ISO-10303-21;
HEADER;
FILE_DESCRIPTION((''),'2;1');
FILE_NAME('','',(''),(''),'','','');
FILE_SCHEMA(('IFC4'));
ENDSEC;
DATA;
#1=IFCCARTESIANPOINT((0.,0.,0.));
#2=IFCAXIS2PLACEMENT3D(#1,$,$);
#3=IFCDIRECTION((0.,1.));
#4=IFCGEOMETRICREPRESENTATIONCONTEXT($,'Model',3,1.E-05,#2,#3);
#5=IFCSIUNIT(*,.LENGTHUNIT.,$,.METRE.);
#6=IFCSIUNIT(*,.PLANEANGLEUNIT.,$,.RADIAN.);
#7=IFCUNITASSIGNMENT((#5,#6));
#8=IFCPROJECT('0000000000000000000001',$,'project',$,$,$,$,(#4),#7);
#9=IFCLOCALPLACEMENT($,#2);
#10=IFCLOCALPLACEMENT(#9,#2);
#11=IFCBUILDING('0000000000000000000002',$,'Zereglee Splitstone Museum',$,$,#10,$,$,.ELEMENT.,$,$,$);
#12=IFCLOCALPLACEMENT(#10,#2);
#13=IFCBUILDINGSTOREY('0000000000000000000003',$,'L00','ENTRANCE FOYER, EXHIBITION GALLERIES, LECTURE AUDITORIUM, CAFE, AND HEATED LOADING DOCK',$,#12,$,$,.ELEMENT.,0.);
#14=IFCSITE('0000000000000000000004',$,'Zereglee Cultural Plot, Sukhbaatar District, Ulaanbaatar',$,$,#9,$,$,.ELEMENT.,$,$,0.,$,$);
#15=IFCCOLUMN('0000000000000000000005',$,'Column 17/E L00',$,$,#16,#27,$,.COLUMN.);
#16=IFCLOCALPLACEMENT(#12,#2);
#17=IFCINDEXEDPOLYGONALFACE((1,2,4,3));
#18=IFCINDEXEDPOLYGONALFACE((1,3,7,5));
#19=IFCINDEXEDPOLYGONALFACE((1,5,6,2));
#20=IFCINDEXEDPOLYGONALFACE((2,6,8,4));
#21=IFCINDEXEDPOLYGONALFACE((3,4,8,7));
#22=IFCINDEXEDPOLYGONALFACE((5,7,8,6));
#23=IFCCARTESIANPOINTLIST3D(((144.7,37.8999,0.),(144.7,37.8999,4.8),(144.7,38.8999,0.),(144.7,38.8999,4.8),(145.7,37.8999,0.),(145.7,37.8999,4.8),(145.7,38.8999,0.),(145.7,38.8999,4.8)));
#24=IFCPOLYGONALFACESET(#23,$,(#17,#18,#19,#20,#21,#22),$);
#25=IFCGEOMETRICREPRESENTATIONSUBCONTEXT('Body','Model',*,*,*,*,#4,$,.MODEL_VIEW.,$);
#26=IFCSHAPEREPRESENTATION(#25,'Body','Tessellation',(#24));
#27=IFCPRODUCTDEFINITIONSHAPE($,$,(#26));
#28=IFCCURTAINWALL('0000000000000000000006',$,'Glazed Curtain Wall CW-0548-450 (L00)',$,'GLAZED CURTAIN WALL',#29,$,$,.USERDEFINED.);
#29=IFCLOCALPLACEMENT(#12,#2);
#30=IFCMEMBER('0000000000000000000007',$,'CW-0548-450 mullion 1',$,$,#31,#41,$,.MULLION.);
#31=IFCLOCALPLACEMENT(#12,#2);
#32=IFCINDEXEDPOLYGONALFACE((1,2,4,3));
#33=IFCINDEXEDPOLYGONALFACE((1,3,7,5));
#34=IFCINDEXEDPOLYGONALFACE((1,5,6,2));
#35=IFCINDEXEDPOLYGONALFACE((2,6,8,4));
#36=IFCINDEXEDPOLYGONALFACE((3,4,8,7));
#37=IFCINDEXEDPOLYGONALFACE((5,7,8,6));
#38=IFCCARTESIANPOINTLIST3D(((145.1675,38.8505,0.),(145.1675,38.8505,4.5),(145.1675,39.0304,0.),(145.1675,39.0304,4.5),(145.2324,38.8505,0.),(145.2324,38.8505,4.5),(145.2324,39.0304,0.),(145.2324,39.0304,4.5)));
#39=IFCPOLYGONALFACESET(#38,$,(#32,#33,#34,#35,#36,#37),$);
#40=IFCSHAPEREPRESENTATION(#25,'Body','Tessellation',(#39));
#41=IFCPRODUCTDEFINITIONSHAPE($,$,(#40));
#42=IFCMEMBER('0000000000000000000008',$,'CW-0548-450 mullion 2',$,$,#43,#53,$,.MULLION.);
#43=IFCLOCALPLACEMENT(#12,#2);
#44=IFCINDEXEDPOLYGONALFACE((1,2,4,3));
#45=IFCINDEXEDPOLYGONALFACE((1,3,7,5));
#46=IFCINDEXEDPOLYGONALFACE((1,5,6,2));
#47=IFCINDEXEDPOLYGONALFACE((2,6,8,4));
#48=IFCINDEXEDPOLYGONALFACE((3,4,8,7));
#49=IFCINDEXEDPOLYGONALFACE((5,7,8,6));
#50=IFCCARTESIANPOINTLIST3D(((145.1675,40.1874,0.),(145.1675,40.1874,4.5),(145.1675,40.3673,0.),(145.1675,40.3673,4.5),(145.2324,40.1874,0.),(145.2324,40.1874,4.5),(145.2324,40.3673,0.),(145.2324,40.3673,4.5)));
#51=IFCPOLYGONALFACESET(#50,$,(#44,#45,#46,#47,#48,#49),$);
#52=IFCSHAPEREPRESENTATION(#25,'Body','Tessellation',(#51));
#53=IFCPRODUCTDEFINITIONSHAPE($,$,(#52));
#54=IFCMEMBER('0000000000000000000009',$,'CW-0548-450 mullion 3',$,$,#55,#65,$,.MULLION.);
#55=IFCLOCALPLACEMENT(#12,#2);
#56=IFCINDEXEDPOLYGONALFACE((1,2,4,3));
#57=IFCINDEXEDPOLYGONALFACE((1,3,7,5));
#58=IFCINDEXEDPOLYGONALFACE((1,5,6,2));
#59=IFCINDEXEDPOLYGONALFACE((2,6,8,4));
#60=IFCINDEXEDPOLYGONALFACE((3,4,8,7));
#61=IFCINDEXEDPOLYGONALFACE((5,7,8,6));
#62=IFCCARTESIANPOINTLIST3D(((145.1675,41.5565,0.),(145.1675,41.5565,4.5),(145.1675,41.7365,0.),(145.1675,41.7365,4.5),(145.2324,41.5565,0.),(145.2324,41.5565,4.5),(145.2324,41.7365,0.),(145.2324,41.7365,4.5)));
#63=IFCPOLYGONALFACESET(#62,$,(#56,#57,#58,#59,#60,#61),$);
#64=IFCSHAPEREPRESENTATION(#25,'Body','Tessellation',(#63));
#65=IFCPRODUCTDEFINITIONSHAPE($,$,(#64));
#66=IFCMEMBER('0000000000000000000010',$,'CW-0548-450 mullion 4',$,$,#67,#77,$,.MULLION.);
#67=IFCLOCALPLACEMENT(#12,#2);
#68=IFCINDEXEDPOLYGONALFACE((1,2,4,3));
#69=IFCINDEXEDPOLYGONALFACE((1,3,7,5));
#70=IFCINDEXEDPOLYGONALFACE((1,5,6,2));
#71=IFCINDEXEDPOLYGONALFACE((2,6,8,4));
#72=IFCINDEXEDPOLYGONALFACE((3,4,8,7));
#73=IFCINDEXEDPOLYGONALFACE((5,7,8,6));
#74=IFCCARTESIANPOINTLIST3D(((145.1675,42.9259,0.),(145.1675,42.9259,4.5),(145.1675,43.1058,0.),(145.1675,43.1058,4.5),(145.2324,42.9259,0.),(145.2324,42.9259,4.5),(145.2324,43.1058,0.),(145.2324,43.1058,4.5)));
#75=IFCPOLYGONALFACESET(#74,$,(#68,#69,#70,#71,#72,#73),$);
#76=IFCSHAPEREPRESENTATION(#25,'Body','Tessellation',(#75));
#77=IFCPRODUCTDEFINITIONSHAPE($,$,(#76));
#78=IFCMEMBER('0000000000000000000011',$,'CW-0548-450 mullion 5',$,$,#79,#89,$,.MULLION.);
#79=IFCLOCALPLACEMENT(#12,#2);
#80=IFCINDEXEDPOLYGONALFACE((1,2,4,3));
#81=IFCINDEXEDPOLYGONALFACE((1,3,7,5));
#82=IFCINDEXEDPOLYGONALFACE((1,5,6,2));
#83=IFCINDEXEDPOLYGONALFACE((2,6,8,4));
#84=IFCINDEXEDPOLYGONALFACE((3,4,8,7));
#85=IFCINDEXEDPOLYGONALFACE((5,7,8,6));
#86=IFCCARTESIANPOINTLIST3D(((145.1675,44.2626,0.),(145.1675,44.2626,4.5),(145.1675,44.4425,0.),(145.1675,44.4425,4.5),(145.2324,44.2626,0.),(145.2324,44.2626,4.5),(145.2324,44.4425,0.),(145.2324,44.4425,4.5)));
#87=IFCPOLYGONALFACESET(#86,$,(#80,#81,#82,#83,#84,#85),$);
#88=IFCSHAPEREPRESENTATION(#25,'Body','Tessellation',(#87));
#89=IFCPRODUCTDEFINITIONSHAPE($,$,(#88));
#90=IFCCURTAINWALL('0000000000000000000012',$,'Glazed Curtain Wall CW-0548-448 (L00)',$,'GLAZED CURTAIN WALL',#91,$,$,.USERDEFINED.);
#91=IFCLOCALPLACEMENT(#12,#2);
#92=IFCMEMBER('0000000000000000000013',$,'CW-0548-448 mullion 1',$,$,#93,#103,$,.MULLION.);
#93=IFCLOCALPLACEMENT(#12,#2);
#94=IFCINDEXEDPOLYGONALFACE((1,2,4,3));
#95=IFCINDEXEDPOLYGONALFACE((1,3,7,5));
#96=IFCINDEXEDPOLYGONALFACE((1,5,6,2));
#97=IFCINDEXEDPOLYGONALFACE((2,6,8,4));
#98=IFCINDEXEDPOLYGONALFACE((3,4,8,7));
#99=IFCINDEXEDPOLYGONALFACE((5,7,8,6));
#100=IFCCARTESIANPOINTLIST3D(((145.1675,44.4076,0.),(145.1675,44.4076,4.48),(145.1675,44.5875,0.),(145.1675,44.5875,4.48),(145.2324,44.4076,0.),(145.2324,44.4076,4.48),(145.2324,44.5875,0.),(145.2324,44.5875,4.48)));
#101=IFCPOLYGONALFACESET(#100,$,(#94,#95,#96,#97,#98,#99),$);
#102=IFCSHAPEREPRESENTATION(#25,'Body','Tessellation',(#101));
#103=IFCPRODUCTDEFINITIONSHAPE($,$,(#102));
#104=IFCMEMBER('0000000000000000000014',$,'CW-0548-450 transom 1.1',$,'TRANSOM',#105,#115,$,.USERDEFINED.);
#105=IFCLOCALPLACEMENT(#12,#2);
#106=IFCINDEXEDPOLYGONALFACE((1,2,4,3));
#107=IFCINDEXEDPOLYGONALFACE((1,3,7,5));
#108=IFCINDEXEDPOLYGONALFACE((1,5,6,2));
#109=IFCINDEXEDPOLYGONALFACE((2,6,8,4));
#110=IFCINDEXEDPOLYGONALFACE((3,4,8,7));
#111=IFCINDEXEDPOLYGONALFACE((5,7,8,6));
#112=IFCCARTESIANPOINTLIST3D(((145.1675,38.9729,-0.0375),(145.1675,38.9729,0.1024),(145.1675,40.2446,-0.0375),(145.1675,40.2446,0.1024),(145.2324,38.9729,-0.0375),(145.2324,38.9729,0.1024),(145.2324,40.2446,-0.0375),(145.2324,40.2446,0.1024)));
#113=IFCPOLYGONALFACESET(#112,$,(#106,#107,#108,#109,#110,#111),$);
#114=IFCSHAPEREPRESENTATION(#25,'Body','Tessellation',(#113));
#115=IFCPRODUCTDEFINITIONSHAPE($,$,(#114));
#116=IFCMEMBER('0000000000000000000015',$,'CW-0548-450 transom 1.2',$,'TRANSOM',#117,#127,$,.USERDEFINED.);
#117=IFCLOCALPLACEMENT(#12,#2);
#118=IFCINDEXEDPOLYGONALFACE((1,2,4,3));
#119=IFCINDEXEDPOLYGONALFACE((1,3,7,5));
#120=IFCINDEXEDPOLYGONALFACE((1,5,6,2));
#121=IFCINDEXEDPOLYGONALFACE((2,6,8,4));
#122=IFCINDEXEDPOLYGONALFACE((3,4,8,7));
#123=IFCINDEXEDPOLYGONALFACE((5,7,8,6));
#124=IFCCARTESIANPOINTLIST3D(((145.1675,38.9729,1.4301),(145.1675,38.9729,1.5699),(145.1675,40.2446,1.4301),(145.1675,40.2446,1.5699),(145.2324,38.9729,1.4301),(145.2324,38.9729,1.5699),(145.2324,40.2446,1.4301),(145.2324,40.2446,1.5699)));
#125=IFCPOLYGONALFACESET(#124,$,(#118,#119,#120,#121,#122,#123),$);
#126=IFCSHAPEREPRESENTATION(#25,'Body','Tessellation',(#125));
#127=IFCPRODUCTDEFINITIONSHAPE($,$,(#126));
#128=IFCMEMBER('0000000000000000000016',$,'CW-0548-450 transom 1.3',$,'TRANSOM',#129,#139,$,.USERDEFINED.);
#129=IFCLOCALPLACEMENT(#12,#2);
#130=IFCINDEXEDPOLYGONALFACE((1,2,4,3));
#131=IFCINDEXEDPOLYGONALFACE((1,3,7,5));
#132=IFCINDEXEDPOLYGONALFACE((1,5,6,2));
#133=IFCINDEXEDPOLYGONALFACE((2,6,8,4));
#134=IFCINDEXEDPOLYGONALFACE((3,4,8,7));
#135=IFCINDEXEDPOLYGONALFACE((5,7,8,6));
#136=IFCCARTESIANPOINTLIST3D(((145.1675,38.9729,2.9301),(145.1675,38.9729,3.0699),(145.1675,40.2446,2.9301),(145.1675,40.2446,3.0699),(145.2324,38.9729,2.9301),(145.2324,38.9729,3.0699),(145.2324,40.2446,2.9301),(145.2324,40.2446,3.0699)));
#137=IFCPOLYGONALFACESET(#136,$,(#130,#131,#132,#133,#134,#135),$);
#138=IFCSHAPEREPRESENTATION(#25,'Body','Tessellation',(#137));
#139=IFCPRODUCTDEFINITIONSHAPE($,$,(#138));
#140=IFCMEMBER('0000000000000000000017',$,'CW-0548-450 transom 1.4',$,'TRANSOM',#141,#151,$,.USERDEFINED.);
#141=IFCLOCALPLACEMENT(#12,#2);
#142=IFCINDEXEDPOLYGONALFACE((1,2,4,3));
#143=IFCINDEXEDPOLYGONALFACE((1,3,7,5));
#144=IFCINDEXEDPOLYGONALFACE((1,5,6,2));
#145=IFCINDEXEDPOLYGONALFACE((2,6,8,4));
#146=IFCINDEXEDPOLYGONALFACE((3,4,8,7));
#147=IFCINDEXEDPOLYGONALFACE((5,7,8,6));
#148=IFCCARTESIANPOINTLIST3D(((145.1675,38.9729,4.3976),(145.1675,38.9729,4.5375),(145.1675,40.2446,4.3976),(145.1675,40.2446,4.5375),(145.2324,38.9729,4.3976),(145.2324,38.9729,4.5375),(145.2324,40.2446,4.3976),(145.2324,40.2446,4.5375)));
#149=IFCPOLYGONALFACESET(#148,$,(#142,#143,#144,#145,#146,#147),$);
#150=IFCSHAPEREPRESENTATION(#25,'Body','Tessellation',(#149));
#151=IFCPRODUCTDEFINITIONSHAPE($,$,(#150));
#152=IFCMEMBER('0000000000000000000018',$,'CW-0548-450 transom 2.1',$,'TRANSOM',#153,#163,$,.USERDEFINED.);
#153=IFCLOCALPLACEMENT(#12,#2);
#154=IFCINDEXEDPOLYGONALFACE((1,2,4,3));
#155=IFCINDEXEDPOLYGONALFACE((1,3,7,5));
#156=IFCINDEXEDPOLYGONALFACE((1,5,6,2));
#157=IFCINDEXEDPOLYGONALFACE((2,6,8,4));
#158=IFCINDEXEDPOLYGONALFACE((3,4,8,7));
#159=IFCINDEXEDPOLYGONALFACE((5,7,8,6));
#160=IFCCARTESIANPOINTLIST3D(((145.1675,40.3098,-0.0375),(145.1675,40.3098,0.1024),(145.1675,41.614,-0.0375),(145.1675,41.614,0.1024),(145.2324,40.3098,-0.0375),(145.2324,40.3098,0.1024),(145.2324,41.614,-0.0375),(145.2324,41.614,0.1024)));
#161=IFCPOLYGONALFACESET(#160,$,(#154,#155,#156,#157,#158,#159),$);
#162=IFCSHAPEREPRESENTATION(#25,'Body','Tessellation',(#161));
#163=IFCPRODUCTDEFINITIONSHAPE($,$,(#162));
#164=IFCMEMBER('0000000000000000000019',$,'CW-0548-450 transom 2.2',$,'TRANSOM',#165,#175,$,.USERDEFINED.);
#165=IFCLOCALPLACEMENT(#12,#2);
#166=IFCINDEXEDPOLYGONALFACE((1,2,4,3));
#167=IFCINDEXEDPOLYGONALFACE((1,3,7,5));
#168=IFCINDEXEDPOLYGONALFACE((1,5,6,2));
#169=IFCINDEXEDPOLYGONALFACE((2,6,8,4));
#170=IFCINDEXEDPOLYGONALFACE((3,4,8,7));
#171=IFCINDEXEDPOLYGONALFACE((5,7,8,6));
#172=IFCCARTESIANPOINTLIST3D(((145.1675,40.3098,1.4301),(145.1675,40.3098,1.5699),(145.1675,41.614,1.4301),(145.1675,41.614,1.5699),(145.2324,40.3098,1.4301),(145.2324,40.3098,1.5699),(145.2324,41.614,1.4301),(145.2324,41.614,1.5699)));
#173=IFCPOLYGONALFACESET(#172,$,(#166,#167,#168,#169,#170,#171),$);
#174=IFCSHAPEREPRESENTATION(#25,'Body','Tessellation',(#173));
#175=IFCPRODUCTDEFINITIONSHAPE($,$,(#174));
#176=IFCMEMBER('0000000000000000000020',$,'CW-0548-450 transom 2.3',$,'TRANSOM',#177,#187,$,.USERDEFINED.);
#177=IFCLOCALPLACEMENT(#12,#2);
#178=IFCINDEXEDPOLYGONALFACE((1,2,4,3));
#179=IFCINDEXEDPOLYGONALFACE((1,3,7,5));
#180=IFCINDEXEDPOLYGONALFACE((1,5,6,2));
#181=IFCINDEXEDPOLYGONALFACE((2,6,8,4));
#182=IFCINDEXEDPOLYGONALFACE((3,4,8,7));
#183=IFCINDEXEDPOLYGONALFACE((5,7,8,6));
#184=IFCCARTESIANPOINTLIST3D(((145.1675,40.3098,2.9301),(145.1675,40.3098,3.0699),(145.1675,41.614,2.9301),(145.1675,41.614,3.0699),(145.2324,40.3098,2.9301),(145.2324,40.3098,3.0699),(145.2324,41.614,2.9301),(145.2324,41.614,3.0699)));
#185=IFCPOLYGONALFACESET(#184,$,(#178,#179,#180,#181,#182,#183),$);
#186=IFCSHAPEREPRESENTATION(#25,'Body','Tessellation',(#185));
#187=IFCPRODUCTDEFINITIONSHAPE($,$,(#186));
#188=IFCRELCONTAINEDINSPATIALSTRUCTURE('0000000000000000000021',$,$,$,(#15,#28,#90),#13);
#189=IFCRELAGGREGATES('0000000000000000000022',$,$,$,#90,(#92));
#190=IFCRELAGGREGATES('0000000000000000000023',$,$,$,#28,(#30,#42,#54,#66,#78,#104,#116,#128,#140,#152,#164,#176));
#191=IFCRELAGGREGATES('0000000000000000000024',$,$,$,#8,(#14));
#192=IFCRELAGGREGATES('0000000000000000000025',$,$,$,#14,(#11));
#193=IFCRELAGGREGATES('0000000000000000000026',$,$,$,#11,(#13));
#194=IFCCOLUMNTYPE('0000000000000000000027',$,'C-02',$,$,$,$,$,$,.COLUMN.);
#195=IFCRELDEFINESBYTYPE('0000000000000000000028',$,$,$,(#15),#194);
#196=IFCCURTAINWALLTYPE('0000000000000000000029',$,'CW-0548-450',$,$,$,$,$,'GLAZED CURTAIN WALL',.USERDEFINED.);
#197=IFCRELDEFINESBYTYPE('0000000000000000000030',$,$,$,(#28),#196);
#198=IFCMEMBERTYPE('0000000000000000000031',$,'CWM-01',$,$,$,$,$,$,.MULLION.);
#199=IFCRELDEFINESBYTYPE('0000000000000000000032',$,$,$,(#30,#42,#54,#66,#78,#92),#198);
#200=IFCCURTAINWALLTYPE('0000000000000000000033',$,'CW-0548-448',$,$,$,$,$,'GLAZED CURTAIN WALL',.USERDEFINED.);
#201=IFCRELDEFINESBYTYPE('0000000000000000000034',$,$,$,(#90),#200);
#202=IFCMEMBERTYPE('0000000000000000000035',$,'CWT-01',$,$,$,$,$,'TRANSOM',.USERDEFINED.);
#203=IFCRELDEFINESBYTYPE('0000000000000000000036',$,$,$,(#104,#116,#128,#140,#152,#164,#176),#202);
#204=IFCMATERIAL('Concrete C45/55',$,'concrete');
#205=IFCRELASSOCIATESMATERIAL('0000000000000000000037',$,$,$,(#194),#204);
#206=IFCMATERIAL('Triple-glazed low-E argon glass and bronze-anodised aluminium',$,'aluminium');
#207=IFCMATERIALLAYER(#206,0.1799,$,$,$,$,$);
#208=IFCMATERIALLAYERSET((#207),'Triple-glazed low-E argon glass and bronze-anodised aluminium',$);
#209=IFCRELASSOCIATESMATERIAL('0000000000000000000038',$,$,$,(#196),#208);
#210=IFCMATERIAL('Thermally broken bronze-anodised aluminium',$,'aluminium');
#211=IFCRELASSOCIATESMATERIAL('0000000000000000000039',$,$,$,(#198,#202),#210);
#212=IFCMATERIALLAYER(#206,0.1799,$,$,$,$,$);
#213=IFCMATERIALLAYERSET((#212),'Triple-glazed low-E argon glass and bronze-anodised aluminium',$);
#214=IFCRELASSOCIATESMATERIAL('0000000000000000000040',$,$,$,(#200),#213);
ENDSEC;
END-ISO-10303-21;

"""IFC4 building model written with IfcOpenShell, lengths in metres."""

from ifc_helpers import new_model, si_unit, direction, frame, origin, origin_2d, place, context, subcontext, project, spatial, rectangle, extrude, material, layer, layer_set, material_profile, profile_set, type_object, element, aggregate, save


model = new_model("IFC4")

# Units and contexts
model_context = context("Model", 3, precision=1e-05, world=origin(), true_north=direction((0.0, 1.0)))
body_context = subcontext(model_context, "Body", "Model", "MODEL_VIEW")
ifc_project = project(units=[si_unit("LENGTHUNIT", "METRE"), si_unit("PLANEANGLEUNIT", "RADIAN")], contexts=[model_context])

# Site, building, storey
site_placement = place(None, origin())
site = spatial("IfcSite", under=ifc_project, at=site_placement, Name="Zereglee Cultural Plot, Sukhbaatar District, Ulaanbaatar", CompositionType="ELEMENT", RefElevation=0.0)
building_placement = place(site_placement, origin())
building = spatial("IfcBuilding", under=site, at=building_placement, Name="Zereglee Splitstone Museum", CompositionType="ELEMENT")
storey_placement = place(building_placement, origin())
storey = spatial("IfcBuildingStorey", under=building, at=storey_placement, Name="L00", Description="ENTRANCE FOYER, EXHIBITION GALLERIES, LECTURE AUDITORIUM, CAFE, AND HEATED LOADING DOCK", CompositionType="ELEMENT", Elevation=0.0)

# Column
ifc_material_1 = material(Name="Concrete C45/55", Category="concrete")
ifc_material_profile_1 = material_profile(ifc_material_1, rectangle(XDim=1.0, YDim=1.0, at=origin_2d()), Name="RC 1000x1000")
ifc_profile_set_1 = profile_set([ifc_material_profile_1], Name="Concrete C45/55")
column_type = type_object("IfcColumnType", Name="C-02", PredefinedType="COLUMN", material=ifc_profile_set_1)
column_placement = place(storey_placement, frame((145.2, 38.3999, 0.0), z_axis=(0.0, 0.0, 1.0), x_axis=(1.0, 0.0, 0.0)))
element("IfcColumn", 1, at=column_placement, inside=storey, type_object=column_type, Name="Column 17/E L00", PredefinedType="COLUMN", context=body_context, shape_type="SweptSolid", body=[
    extrude(rectangle(XDim=1.0, YDim=1.0, at=origin_2d()), origin(), (0.0, 0.0, 1.0), 4.8),
])

# Curtain wall, members
ifc_material_2 = material(Name="Triple-glazed low-E argon glass and bronze-anodised aluminium", Category="aluminium")
ifc_layer_1 = layer(ifc_material_2, 0.1799)
ifc_layer_set_1 = layer_set([ifc_layer_1], Name="Triple-glazed low-E argon glass and bronze-anodised aluminium")
curtain_wall_type_1 = type_object("IfcCurtainWallType", Name="CW-0548-450", ElementType="GLAZED CURTAIN WALL", PredefinedType="USERDEFINED", material=ifc_layer_set_1)
curtain_wall_1_placement = place(storey_placement, origin())
curtain_wall_1 = element("IfcCurtainWall", 2, at=curtain_wall_1_placement, inside=storey, type_object=curtain_wall_type_1, Name="Glazed Curtain Wall CW-0548-450 (L00)", ObjectType="GLAZED CURTAIN WALL", PredefinedType="USERDEFINED")
ifc_material_3 = material(Name="Thermally broken bronze-anodised aluminium", Category="aluminium")
ifc_material_profile_2 = material_profile(ifc_material_3, rectangle(XDim=0.0649, YDim=0.1799, at=origin_2d()), Name="CW MULL 65x180")
ifc_profile_set_2 = profile_set([ifc_material_profile_2], Name="Thermally broken bronze-anodised aluminium")
member_type_1 = type_object("IfcMemberType", Name="CWM-01", PredefinedType="MULLION", material=ifc_profile_set_2)
member_1_placement = place(storey_placement, frame((145.2, 38.9404, 0.0), z_axis=(0.0, 0.0, 1.0), x_axis=(-1.0, 0.0, 0.0)))
member_1 = element("IfcMember", 3, at=member_1_placement, type_object=member_type_1, Name="CW-0548-450 mullion 1", PredefinedType="MULLION", context=body_context, shape_type="SweptSolid", body=[
    extrude(rectangle(XDim=0.0649, YDim=0.1799, at=origin_2d()), origin(), (0.0, 0.0, 1.0), 4.5),
])
member_2_placement = place(storey_placement, frame((145.2, 40.2773, 0.0), z_axis=(0.0, 0.0, 1.0), x_axis=(-1.0, 0.0, 0.0)))
member_2 = element("IfcMember", 4, at=member_2_placement, type_object=member_type_1, Name="CW-0548-450 mullion 2", PredefinedType="MULLION", context=body_context, shape_type="SweptSolid", body=[
    extrude(rectangle(XDim=0.0649, YDim=0.1799, at=origin_2d()), origin(), (0.0, 0.0, 1.0), 4.5),
])
member_3_placement = place(storey_placement, frame((145.2, 41.6465, 0.0), z_axis=(0.0, 0.0, 1.0), x_axis=(-1.0, 0.0, 0.0)))
member_3 = element("IfcMember", 5, at=member_3_placement, type_object=member_type_1, Name="CW-0548-450 mullion 3", PredefinedType="MULLION", context=body_context, shape_type="SweptSolid", body=[
    extrude(rectangle(XDim=0.0649, YDim=0.1799, at=origin_2d()), origin(), (0.0, 0.0, 1.0), 4.5),
])
member_4_placement = place(storey_placement, frame((145.2, 43.0159, 0.0), z_axis=(0.0, 0.0, 1.0), x_axis=(-1.0, 0.0, 0.0)))
member_4 = element("IfcMember", 6, at=member_4_placement, type_object=member_type_1, Name="CW-0548-450 mullion 4", PredefinedType="MULLION", context=body_context, shape_type="SweptSolid", body=[
    extrude(rectangle(XDim=0.0649, YDim=0.1799, at=origin_2d()), origin(), (0.0, 0.0, 1.0), 4.5),
])
member_5_placement = place(storey_placement, frame((145.2, 44.3525, 0.0), z_axis=(0.0, 0.0, 1.0), x_axis=(-1.0, 0.0, 0.0)))
member_5 = element("IfcMember", 7, at=member_5_placement, type_object=member_type_1, Name="CW-0548-450 mullion 5", PredefinedType="MULLION", context=body_context, shape_type="SweptSolid", body=[
    extrude(rectangle(XDim=0.0649, YDim=0.1799, at=origin_2d()), origin(), (0.0, 0.0, 1.0), 4.5),
])

# Curtain wall, member
ifc_layer_2 = layer(ifc_material_2, 0.1799)
ifc_layer_set_2 = layer_set([ifc_layer_2], Name="Triple-glazed low-E argon glass and bronze-anodised aluminium")
curtain_wall_type_2 = type_object("IfcCurtainWallType", Name="CW-0548-448", ElementType="GLAZED CURTAIN WALL", PredefinedType="USERDEFINED", material=ifc_layer_set_2)
curtain_wall_2_placement = place(storey_placement, origin())
curtain_wall_2 = element("IfcCurtainWall", 8, at=curtain_wall_2_placement, inside=storey, type_object=curtain_wall_type_2, Name="Glazed Curtain Wall CW-0548-448 (L00)", ObjectType="GLAZED CURTAIN WALL", PredefinedType="USERDEFINED")
member_6_placement = place(storey_placement, frame((145.2, 44.4976, 0.0), z_axis=(0.0, 0.0, 1.0), x_axis=(-1.0, 0.0, 0.0)))
member_6 = element("IfcMember", 9, at=member_6_placement, type_object=member_type_1, Name="CW-0548-448 mullion 1", PredefinedType="MULLION", context=body_context, shape_type="SweptSolid", body=[
    extrude(rectangle(XDim=0.0649, YDim=0.1799, at=origin_2d()), origin(), (0.0, 0.0, 1.0), 4.48),
])

# Members
ifc_material_profile_3 = material_profile(ifc_material_3, rectangle(XDim=0.0649, YDim=0.1399, at=origin_2d()), Name="CW TRAN 65x140")
ifc_profile_set_3 = profile_set([ifc_material_profile_3], Name="Thermally broken bronze-anodised aluminium")
member_type_2 = type_object("IfcMemberType", Name="CWT-01", ElementType="TRANSOM", PredefinedType="USERDEFINED", material=ifc_profile_set_3)
member_7_placement = place(storey_placement, frame((145.2, 38.9729, 0.0325), z_axis=(0.0, 1.0, 0.0), x_axis=(-1.0, 0.0, 0.0)))
member_7 = element("IfcMember", 10, at=member_7_placement, type_object=member_type_2, Name="CW-0548-450 transom 1.1", ObjectType="TRANSOM", PredefinedType="USERDEFINED", context=body_context, shape_type="SweptSolid", body=[
    extrude(rectangle(XDim=0.0649, YDim=0.1399, at=origin_2d()), origin(), (0.0, 0.0, 1.0), 1.2717),
])
member_8_placement = place(storey_placement, frame((145.2, 38.9729, 1.5), z_axis=(0.0, 1.0, 0.0), x_axis=(-1.0, 0.0, 0.0)))
member_8 = element("IfcMember", 11, at=member_8_placement, type_object=member_type_2, Name="CW-0548-450 transom 1.2", ObjectType="TRANSOM", PredefinedType="USERDEFINED", context=body_context, shape_type="SweptSolid", body=[
    extrude(rectangle(XDim=0.0649, YDim=0.1399, at=origin_2d()), origin(), (0.0, 0.0, 1.0), 1.2717),
])
member_9_placement = place(storey_placement, frame((145.2, 38.9729, 3.0), z_axis=(0.0, 1.0, 0.0), x_axis=(-1.0, 0.0, 0.0)))
member_9 = element("IfcMember", 12, at=member_9_placement, type_object=member_type_2, Name="CW-0548-450 transom 1.3", ObjectType="TRANSOM", PredefinedType="USERDEFINED", context=body_context, shape_type="SweptSolid", body=[
    extrude(rectangle(XDim=0.0649, YDim=0.1399, at=origin_2d()), origin(), (0.0, 0.0, 1.0), 1.2717),
])
member_10_placement = place(storey_placement, frame((145.2, 38.9729, 4.4675), z_axis=(0.0, 1.0, 0.0), x_axis=(-1.0, 0.0, 0.0)))
member_10 = element("IfcMember", 13, at=member_10_placement, type_object=member_type_2, Name="CW-0548-450 transom 1.4", ObjectType="TRANSOM", PredefinedType="USERDEFINED", context=body_context, shape_type="SweptSolid", body=[
    extrude(rectangle(XDim=0.0649, YDim=0.1399, at=origin_2d()), origin(), (0.0, 0.0, 1.0), 1.2717),
])
member_11_placement = place(storey_placement, frame((145.2, 40.3098, 0.0325), z_axis=(0.0, 1.0, 0.0), x_axis=(-1.0, 0.0, 0.0)))
member_11 = element("IfcMember", 14, at=member_11_placement, type_object=member_type_2, Name="CW-0548-450 transom 2.1", ObjectType="TRANSOM", PredefinedType="USERDEFINED", context=body_context, shape_type="SweptSolid", body=[
    extrude(rectangle(XDim=0.0649, YDim=0.1399, at=origin_2d()), origin(), (0.0, 0.0, 1.0), 1.3042),
])
member_12_placement = place(storey_placement, frame((145.2, 40.3098, 1.5), z_axis=(0.0, 1.0, 0.0), x_axis=(-1.0, 0.0, 0.0)))
member_12 = element("IfcMember", 15, at=member_12_placement, type_object=member_type_2, Name="CW-0548-450 transom 2.2", ObjectType="TRANSOM", PredefinedType="USERDEFINED", context=body_context, shape_type="SweptSolid", body=[
    extrude(rectangle(XDim=0.0649, YDim=0.1399, at=origin_2d()), origin(), (0.0, 0.0, 1.0), 1.3042),
])
member_13_placement = place(storey_placement, frame((145.2, 40.3098, 3.0), z_axis=(0.0, 1.0, 0.0), x_axis=(-1.0, 0.0, 0.0)))
member_13 = element("IfcMember", 16, at=member_13_placement, type_object=member_type_2, Name="CW-0548-450 transom 2.3", ObjectType="TRANSOM", PredefinedType="USERDEFINED", context=body_context, shape_type="SweptSolid", body=[
    extrude(rectangle(XDim=0.0649, YDim=0.1399, at=origin_2d()), origin(), (0.0, 0.0, 1.0), 1.3042),
])
aggregate(curtain_wall_2, [member_6])

aggregate(curtain_wall_1, [member_1, member_2, member_3, member_4, member_5, member_7, member_8, member_9, member_10, member_11, member_12, member_13])

save(model, "model.ifc")
